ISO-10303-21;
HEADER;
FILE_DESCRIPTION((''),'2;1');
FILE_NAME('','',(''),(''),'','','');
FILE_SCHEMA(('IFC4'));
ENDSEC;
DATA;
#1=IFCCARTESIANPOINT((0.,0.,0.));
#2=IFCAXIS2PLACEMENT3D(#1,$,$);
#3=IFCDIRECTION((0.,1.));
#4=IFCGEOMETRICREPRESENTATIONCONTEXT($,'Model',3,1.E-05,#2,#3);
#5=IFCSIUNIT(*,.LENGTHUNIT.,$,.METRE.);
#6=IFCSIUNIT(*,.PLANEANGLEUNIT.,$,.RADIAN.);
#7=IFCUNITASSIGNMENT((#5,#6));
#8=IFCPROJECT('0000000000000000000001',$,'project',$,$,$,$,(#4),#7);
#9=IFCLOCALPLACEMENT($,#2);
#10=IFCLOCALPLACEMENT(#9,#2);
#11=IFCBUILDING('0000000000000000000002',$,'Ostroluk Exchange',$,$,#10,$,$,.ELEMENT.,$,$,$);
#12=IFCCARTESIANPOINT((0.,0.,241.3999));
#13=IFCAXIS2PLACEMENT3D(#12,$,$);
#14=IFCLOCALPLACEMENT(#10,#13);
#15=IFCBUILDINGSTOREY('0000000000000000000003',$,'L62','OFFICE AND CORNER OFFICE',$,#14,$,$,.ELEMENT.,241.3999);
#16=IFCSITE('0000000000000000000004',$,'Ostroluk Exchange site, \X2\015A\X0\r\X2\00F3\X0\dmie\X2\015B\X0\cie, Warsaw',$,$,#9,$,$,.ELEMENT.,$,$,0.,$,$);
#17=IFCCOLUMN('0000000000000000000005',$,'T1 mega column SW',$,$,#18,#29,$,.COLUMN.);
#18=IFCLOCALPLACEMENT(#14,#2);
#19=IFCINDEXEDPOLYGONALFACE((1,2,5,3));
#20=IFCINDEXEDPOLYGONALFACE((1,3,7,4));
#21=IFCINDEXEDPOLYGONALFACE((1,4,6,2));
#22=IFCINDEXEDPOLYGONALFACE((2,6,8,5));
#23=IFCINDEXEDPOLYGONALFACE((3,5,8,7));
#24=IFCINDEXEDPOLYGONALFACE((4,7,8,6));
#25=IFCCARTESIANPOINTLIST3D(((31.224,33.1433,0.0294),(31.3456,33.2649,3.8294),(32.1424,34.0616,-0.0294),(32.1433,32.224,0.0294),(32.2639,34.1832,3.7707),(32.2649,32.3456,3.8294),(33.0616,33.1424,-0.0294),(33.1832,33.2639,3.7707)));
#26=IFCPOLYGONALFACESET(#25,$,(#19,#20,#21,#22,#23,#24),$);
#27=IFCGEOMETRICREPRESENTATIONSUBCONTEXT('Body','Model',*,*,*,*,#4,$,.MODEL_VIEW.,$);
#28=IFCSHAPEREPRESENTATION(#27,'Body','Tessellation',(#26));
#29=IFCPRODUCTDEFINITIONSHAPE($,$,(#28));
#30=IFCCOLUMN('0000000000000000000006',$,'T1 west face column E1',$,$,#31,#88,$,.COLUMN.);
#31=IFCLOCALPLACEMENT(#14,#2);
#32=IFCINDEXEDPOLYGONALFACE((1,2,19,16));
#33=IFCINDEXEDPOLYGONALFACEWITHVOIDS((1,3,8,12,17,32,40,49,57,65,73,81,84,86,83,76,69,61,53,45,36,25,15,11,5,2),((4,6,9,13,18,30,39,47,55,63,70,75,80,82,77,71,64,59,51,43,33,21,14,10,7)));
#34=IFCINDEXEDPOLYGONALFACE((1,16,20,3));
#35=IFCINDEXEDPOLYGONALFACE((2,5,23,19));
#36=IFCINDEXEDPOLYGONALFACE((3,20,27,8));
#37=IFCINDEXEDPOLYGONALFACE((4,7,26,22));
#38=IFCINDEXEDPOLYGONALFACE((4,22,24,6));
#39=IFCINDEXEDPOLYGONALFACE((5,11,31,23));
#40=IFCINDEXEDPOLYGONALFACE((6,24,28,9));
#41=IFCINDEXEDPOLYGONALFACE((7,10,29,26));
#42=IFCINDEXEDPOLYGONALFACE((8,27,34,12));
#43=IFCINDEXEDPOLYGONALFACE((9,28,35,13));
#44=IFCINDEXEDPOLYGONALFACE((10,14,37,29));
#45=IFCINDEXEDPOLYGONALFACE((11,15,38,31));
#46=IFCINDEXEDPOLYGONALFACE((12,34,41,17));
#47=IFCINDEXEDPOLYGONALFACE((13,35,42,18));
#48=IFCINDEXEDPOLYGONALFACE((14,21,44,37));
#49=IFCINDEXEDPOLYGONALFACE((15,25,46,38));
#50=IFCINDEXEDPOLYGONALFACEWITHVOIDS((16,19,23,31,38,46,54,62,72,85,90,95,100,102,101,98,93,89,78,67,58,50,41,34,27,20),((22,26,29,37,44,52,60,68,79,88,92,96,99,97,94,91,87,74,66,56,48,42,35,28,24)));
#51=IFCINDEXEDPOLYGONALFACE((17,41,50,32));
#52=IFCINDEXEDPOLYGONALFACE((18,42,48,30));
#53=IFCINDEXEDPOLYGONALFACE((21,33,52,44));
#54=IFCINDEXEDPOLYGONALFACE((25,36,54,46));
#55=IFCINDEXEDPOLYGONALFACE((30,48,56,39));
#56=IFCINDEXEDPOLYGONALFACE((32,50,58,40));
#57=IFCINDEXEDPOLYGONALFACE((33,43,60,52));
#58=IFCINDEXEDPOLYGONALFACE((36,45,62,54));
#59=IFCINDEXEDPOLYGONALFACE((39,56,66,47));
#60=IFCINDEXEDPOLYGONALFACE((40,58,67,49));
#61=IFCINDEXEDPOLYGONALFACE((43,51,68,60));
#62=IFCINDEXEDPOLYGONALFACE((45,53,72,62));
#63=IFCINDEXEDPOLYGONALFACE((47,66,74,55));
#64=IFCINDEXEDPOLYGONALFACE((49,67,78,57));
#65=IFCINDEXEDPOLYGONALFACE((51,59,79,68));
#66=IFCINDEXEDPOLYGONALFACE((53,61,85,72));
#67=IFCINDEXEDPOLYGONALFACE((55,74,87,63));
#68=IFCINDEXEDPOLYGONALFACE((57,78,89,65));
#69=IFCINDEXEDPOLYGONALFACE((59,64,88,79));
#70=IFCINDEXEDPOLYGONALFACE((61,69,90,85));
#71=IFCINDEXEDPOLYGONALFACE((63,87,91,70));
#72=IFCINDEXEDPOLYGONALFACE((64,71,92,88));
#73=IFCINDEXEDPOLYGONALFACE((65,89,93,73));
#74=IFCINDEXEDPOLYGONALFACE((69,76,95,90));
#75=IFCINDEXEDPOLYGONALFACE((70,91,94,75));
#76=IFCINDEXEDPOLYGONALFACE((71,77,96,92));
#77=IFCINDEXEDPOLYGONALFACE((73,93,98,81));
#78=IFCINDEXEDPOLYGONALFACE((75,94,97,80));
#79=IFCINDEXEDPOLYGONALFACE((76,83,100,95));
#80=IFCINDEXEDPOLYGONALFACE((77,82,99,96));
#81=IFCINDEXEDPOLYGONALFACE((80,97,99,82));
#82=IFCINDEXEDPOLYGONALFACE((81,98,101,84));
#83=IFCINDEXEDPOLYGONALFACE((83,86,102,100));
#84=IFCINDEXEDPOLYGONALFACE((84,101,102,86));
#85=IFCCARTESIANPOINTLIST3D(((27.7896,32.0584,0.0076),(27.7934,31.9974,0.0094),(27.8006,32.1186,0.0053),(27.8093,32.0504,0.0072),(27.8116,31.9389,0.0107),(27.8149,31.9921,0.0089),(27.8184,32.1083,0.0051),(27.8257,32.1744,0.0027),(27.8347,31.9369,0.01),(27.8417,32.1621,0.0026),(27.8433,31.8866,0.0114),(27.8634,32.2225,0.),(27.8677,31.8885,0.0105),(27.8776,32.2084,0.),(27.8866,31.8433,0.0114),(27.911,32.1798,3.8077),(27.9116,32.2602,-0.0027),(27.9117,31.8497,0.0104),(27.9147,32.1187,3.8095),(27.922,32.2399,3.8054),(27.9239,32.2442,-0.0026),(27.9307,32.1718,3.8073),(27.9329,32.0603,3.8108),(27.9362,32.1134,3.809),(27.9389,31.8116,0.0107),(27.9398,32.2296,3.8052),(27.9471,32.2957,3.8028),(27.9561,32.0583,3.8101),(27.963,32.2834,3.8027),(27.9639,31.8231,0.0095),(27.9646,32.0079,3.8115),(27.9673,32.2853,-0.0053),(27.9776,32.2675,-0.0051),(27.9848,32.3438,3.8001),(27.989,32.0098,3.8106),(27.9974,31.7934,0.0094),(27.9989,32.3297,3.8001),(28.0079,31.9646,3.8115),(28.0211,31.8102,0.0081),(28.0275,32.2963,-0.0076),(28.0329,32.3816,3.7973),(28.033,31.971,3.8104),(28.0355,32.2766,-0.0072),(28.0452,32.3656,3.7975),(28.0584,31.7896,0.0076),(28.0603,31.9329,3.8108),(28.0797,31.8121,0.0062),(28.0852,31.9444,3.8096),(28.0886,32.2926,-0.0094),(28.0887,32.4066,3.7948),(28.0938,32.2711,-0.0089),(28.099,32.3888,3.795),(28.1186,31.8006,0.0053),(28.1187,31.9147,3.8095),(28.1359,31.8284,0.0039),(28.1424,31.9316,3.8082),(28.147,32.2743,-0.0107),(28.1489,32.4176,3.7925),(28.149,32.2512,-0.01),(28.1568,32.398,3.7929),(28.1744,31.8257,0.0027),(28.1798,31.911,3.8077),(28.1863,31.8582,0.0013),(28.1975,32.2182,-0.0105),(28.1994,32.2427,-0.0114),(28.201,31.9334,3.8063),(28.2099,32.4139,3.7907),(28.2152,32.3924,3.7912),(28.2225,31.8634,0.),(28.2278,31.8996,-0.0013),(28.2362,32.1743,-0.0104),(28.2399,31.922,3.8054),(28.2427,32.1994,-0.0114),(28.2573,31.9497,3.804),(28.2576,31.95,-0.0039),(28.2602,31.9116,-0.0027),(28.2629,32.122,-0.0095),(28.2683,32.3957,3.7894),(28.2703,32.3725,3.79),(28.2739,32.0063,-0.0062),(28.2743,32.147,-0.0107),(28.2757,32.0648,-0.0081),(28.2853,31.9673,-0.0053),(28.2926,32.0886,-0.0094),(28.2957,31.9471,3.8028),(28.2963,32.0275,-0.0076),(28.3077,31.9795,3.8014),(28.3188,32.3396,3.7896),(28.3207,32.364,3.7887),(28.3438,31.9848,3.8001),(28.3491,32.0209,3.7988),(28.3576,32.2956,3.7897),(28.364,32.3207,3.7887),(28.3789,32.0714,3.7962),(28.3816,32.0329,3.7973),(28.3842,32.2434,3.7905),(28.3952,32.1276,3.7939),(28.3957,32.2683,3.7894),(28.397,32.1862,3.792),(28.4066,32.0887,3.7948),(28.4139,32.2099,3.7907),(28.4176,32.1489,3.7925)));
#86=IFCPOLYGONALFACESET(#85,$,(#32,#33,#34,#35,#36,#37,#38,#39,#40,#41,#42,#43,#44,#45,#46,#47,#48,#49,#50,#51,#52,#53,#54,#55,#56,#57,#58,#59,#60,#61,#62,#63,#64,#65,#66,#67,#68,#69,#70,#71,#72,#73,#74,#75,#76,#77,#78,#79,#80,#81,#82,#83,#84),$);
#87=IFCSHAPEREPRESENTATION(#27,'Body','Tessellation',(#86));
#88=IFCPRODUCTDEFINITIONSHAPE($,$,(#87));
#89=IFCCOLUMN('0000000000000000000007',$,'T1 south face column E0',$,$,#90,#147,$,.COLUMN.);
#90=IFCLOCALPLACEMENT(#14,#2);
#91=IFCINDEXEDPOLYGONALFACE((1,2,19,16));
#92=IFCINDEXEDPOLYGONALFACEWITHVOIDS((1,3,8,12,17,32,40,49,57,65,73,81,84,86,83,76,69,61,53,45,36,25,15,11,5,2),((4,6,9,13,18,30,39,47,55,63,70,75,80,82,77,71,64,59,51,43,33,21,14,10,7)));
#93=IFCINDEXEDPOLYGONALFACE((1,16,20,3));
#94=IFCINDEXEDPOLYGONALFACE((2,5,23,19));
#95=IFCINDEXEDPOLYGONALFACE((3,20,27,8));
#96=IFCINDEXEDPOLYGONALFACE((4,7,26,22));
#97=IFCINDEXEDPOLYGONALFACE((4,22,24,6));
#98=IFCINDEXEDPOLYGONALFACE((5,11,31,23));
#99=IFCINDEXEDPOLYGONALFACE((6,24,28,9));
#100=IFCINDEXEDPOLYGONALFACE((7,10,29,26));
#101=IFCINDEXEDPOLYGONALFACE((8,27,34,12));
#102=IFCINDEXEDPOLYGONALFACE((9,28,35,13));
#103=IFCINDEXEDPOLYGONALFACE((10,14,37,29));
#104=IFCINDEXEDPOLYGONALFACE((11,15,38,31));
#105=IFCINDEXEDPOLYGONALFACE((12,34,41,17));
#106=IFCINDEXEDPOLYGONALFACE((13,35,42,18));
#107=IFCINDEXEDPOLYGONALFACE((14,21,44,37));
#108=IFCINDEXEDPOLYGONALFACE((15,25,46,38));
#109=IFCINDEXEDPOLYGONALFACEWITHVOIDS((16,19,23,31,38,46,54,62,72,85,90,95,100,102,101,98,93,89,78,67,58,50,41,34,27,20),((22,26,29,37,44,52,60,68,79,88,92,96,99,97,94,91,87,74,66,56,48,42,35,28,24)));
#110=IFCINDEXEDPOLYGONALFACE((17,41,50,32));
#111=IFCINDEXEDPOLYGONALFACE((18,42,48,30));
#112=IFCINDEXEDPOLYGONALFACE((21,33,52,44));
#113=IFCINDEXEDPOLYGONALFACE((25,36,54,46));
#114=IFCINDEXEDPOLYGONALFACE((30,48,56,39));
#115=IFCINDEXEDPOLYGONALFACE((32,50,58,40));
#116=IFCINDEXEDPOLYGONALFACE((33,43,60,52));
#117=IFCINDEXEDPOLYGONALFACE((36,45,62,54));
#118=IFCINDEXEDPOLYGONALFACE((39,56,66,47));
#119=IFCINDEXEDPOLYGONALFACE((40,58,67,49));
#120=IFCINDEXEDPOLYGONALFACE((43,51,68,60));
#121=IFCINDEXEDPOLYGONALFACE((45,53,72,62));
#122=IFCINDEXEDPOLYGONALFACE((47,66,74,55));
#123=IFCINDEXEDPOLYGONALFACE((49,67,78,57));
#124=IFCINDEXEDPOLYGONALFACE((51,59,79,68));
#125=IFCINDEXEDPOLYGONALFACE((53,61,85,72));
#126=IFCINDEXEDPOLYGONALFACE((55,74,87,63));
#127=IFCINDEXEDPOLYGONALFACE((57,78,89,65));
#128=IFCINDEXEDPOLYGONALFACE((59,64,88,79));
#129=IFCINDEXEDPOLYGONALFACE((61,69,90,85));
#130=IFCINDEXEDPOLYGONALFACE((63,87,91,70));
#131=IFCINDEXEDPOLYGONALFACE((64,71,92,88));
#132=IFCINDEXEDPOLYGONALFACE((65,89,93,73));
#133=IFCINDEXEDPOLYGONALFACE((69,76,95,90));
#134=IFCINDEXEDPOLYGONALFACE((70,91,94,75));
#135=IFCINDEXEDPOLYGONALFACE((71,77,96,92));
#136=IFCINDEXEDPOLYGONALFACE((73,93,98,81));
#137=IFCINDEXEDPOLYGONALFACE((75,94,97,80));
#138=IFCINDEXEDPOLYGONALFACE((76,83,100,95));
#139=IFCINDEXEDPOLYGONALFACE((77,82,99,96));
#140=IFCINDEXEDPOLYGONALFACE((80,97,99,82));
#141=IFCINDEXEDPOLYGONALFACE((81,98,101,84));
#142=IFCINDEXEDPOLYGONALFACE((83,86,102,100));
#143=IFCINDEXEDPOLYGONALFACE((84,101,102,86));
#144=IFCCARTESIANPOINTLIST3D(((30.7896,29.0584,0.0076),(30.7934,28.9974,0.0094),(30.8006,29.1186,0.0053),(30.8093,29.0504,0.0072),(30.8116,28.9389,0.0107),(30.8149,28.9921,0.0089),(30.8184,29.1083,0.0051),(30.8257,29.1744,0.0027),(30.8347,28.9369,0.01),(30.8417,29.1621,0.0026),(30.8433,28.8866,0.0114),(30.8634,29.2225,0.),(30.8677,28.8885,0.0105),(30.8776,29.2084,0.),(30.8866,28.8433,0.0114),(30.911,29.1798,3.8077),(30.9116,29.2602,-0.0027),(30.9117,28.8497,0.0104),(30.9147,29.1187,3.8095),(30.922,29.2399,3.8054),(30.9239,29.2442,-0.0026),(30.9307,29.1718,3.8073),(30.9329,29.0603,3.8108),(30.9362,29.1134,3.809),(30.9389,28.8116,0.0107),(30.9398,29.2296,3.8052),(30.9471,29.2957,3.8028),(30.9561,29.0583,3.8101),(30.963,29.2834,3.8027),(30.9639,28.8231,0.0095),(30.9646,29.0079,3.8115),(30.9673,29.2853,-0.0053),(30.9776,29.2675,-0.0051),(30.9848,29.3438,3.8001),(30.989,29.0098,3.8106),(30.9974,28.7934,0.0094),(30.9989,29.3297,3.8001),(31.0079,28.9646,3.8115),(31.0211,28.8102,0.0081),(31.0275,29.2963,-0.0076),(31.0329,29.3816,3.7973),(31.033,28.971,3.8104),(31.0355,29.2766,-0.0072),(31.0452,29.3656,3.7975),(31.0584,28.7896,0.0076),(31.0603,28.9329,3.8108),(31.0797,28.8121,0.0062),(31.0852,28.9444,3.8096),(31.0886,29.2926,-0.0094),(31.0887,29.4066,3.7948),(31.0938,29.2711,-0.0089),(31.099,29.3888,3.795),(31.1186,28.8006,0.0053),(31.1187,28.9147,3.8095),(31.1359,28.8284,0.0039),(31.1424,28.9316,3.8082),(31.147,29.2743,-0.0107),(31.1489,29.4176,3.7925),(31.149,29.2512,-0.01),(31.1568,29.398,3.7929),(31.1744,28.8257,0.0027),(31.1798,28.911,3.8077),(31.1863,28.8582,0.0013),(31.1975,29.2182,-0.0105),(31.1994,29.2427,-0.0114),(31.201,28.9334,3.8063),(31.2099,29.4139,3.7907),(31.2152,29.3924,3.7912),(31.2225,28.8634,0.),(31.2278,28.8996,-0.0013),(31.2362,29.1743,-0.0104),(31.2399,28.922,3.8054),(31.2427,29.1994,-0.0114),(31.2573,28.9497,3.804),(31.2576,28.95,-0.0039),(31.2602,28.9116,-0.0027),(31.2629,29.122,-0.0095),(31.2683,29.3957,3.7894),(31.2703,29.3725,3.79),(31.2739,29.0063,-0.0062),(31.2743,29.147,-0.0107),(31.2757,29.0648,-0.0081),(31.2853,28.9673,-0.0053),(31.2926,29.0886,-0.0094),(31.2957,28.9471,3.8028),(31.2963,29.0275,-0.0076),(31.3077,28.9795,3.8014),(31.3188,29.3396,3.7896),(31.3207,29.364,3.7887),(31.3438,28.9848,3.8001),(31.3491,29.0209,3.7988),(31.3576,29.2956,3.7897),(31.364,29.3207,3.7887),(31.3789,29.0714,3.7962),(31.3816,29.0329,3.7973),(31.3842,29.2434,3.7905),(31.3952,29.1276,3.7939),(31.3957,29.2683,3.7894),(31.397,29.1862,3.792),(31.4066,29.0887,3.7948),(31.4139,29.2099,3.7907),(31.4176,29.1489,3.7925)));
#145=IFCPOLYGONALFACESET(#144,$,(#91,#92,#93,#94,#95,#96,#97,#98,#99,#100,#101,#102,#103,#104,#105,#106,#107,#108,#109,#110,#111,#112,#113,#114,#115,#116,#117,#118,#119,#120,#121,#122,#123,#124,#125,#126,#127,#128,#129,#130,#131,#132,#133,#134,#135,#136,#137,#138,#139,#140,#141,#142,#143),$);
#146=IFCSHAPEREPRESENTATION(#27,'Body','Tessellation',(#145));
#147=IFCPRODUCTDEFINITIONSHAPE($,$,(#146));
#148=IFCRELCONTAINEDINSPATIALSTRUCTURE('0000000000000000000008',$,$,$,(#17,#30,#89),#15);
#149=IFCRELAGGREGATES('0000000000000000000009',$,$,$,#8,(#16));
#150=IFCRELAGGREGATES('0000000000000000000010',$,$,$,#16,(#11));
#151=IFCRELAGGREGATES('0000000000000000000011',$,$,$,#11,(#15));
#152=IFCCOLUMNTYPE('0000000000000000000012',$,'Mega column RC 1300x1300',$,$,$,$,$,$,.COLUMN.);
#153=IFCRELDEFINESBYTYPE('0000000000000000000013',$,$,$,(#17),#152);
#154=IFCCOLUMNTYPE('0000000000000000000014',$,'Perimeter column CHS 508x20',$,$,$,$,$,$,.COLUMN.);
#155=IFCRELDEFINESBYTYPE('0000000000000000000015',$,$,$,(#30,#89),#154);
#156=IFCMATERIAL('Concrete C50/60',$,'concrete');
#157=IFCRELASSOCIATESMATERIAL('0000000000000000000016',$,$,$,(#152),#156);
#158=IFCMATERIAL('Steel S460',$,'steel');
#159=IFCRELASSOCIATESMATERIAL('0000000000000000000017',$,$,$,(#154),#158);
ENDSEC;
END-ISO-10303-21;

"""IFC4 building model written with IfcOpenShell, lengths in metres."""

from ifc_helpers import new_model, si_unit, direction, frame, origin, origin_2d, place, context, subcontext, project, spatial, rectangle, hollow_circle, extrude, material, material_profile, profile_set, type_object, element, save


model = new_model("IFC4")

# Units and contexts
model_context = context("Model", 3, precision=1e-05, world=origin(), true_north=direction((0.0, 1.0)))
body_context = subcontext(model_context, "Body", "Model", "MODEL_VIEW")
ifc_project = project(units=[si_unit("LENGTHUNIT", "METRE"), si_unit("PLANEANGLEUNIT", "RADIAN")], contexts=[model_context])

# Site, building, storey
site_placement = place(None, origin())
site = spatial("IfcSite", under=ifc_project, at=site_placement, Name="Ostroluk Exchange site, Śródmieście, Warsaw", CompositionType="ELEMENT", RefElevation=0.0)
building_placement = place(site_placement, origin())
building = spatial("IfcBuilding", under=site, at=building_placement, Name="Ostroluk Exchange", CompositionType="ELEMENT")
storey_placement = place(building_placement, frame((0.0, 0.0, 241.3999)))
storey = spatial("IfcBuildingStorey", under=building, at=storey_placement, Name="L62", Description="OFFICE AND CORNER OFFICE", CompositionType="ELEMENT", Elevation=241.3999)

# Columns
ifc_material_1 = material(Name="Concrete C50/60", Category="concrete")
ifc_material_profile_1 = material_profile(ifc_material_1, rectangle(XDim=1.3, YDim=1.3, at=origin_2d()), Name="RC 1300x1300")
ifc_profile_set_1 = profile_set([ifc_material_profile_1], Name="Concrete C50/60")
column_type_1 = type_object("IfcColumnType", Name="Mega column RC 1300x1300", PredefinedType="COLUMN", material=ifc_profile_set_1)
column_1_placement = place(storey_placement, frame((32.1428, 33.1428, 0.0), z_axis=(0.031962, 0.031962, 0.998978), x_axis=(-0.707107, 0.707107, 0.0)))
element("IfcColumn", 1, at=column_1_placement, inside=storey, type_object=column_type_1, Name="T1 mega column SW", PredefinedType="COLUMN", context=body_context, shape_type="SweptSolid", body=[
    extrude(rectangle(XDim=1.3, YDim=1.3, at=origin_2d()), origin(), (0.0, 0.0, 1.0), 3.804),
])
ifc_material_2 = material(Name="Steel S460", Category="steel")
ifc_material_profile_2 = material_profile(ifc_material_2, hollow_circle(Radius=0.2539, WallThickness=0.02, at=origin_2d()), Name="CHS 508x20")
ifc_profile_set_2 = profile_set([ifc_material_profile_2], Name="Steel S460")
column_type_2 = type_object("IfcColumnType", Name="Perimeter column CHS 508x20", PredefinedType="COLUMN", material=ifc_profile_set_2)
for number, where, z_axis, x_axis, name in (
    (2, (28.043, 32.043, 0.0), (0.031898, 0.031898, 0.998982), (-0.707107, 0.707107, 0.0), "T1 west face column E1"),
    (3, (31.043, 29.043, 0.0), (0.031898, 0.031898, 0.998982), (-0.707107, 0.707107, 0.0), "T1 south face column E0"),
):
    element("IfcColumn", number, at=place(storey_placement, frame(where, z_axis=z_axis, x_axis=x_axis)), inside=storey, type_object=column_type_2, Name=name, PredefinedType="COLUMN", context=body_context, shape_type="SweptSolid", body=[
        extrude(hollow_circle(Radius=0.2539, WallThickness=0.02, at=origin_2d()), origin(), (0.0, 0.0, 1.0), 3.804),
    ])

save(model, "model.ifc")
